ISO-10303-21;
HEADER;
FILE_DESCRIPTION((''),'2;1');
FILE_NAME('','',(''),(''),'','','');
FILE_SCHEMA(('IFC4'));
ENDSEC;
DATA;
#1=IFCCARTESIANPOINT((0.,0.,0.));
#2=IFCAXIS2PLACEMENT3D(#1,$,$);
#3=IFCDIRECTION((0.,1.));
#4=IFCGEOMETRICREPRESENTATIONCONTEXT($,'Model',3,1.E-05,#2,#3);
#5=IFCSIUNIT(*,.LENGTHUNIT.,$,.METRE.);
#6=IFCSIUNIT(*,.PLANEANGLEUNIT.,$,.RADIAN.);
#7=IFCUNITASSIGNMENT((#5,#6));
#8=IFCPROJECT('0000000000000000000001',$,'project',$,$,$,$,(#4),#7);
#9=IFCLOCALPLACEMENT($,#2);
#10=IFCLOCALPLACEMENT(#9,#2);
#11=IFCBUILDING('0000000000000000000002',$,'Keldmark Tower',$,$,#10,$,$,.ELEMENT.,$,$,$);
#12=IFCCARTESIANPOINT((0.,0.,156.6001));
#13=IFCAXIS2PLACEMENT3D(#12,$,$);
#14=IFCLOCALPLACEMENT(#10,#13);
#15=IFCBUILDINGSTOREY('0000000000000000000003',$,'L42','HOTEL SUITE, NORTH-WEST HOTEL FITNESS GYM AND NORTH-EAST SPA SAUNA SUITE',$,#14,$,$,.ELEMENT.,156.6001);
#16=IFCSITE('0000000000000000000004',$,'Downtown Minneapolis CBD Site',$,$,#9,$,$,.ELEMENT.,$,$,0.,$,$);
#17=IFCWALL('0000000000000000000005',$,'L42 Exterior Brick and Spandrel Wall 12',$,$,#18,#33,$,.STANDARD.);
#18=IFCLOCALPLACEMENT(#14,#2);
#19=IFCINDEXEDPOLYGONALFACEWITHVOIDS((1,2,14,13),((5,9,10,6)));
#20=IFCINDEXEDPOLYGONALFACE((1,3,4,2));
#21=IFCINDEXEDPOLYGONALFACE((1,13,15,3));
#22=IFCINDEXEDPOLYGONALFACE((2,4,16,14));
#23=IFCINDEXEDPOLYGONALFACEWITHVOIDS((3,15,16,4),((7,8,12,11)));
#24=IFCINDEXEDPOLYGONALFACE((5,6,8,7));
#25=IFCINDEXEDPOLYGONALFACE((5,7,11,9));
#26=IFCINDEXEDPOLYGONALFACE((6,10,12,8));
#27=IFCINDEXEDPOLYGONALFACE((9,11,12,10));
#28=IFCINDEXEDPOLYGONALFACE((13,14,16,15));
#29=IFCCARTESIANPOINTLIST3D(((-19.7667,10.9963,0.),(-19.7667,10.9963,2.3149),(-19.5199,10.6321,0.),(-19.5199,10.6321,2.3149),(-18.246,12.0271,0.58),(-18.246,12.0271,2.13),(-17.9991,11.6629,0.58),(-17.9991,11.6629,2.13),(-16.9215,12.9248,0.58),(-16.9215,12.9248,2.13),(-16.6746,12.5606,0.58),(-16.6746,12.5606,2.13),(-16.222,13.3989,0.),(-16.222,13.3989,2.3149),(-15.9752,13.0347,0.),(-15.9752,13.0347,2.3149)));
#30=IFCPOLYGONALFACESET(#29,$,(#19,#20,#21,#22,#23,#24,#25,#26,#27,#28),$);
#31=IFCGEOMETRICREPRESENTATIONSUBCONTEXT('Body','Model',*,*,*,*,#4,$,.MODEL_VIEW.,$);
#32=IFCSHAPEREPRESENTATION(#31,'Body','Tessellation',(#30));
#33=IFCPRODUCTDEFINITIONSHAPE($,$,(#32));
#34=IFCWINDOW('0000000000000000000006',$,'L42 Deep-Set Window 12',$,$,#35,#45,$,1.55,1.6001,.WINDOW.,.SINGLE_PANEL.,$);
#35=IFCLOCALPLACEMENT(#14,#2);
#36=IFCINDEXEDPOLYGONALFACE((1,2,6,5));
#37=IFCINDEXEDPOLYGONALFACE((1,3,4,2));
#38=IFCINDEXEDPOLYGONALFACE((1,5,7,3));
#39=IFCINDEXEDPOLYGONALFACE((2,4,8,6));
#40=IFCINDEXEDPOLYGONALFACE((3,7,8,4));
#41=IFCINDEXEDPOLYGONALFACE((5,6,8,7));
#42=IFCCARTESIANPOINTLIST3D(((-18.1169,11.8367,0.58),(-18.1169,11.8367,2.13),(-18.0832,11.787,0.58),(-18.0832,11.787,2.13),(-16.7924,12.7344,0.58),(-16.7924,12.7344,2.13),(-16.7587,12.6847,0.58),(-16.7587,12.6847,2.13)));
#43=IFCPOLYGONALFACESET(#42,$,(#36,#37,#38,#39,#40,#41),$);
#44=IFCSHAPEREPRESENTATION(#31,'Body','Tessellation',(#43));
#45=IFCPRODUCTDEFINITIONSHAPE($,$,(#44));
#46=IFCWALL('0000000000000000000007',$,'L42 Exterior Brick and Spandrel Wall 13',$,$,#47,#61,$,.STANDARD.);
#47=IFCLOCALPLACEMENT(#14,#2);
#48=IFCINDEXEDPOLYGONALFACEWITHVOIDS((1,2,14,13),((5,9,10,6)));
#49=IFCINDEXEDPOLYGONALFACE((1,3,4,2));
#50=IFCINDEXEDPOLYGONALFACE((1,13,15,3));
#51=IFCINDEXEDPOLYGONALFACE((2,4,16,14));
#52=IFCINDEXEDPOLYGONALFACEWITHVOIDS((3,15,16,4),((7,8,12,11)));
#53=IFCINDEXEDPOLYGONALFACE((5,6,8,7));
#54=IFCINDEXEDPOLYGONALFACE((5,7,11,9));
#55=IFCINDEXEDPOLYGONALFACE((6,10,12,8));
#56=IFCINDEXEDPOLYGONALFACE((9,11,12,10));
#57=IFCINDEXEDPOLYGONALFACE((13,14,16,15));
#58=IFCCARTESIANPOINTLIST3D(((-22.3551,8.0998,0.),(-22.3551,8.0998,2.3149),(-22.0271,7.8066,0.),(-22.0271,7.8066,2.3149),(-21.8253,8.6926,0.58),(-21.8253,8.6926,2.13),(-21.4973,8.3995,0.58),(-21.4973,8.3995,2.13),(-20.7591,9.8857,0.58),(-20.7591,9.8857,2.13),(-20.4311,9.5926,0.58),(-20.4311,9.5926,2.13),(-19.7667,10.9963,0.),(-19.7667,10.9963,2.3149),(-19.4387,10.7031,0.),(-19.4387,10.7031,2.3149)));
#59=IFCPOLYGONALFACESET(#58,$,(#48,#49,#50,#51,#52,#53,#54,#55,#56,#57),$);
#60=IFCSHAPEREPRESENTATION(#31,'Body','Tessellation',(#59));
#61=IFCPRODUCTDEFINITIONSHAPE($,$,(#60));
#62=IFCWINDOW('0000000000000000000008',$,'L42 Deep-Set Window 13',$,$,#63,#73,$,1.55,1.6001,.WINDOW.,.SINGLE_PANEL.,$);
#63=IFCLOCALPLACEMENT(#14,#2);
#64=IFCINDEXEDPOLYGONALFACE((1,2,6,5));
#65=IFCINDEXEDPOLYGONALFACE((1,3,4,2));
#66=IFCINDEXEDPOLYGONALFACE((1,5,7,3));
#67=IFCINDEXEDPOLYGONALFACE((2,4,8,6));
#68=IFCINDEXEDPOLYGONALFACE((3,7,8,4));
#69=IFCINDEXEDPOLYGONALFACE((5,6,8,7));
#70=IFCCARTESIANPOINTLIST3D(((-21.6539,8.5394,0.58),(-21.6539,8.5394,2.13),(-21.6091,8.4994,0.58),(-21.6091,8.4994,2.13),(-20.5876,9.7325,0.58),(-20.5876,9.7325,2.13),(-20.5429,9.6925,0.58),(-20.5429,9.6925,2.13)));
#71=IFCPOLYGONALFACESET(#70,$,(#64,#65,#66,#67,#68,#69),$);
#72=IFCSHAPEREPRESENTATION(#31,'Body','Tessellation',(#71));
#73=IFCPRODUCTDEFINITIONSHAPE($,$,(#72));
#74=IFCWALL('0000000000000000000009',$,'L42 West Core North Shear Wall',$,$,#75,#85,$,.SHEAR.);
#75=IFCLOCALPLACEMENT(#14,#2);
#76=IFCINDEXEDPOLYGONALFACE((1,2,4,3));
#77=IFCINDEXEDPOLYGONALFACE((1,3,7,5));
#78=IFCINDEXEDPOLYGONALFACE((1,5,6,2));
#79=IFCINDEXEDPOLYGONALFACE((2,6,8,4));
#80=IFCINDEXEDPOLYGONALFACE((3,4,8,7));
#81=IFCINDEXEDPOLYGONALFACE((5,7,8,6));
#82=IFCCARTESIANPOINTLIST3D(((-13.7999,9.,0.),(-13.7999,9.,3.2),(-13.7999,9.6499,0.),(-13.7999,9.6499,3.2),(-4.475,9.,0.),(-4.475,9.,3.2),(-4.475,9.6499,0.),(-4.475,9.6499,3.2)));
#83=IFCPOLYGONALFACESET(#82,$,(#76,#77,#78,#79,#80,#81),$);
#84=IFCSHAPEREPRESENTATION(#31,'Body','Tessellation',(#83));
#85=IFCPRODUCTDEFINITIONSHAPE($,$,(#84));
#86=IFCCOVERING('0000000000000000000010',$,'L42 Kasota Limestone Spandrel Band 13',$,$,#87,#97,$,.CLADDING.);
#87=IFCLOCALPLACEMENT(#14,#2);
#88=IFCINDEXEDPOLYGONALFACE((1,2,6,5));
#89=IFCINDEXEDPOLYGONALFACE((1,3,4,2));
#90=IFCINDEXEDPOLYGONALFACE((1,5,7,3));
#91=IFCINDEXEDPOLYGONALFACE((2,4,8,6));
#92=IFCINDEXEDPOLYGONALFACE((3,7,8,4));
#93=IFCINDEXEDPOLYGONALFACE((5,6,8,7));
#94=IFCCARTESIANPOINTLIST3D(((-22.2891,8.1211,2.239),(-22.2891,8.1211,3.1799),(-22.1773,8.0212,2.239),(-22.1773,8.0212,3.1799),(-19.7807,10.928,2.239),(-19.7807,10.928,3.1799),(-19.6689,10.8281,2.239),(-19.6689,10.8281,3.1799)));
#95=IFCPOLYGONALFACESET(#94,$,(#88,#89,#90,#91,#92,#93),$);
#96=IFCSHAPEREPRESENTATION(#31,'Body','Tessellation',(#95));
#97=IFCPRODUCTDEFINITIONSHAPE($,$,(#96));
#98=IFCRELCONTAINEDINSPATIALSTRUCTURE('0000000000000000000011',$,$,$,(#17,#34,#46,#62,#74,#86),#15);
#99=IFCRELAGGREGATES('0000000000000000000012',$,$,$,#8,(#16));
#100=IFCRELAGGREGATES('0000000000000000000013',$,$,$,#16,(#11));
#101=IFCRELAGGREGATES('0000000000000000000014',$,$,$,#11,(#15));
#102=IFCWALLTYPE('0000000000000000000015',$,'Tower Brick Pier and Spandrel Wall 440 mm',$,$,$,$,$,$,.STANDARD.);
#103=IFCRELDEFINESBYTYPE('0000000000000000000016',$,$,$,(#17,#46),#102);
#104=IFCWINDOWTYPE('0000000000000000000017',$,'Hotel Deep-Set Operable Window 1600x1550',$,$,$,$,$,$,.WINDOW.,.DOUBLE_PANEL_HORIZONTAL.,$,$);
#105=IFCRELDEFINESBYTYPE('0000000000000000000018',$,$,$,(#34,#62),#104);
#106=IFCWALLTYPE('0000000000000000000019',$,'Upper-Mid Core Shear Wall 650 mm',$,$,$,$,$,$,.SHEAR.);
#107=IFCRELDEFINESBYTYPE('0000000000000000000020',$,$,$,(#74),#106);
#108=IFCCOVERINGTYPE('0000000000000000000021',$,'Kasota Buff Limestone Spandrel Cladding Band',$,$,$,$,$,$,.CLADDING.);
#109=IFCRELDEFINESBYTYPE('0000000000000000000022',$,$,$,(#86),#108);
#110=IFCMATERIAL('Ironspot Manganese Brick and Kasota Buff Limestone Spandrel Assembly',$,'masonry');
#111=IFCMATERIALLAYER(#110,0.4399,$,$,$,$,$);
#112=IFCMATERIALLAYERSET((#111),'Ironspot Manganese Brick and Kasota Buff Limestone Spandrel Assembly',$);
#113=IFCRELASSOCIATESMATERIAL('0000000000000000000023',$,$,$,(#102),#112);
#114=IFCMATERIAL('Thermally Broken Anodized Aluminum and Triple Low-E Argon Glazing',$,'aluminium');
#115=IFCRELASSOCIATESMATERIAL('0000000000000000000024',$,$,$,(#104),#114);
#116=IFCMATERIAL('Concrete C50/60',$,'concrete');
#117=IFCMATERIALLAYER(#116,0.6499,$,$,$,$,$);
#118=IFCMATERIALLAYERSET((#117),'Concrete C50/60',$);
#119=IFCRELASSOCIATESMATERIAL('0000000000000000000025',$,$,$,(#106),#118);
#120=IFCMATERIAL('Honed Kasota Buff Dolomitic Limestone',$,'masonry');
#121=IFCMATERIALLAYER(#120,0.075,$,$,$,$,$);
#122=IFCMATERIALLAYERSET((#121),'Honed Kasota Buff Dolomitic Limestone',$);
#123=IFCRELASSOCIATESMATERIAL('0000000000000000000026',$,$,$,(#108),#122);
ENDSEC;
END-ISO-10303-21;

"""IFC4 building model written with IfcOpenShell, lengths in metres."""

from ifc_helpers import new_model, si_unit, direction, frame, frame_2d, origin, origin_2d, place, context, subcontext, project, spatial, rectangle, extrude, material, layer, layer_set, type_object, element, fill, save


model = new_model("IFC4")

# Units and contexts
model_context = context("Model", 3, precision=1e-05, world=origin(), true_north=direction((0.0, 1.0)))
body_context = subcontext(model_context, "Body", "Model", "MODEL_VIEW")
ifc_project = project(units=[si_unit("LENGTHUNIT", "METRE"), si_unit("PLANEANGLEUNIT", "RADIAN")], contexts=[model_context])

# Site, building, storey
site_placement = place(None, origin())
site = spatial("IfcSite", under=ifc_project, at=site_placement, Name="Downtown Minneapolis CBD Site", CompositionType="ELEMENT", RefElevation=0.0)
building_placement = place(site_placement, origin())
building = spatial("IfcBuilding", under=site, at=building_placement, Name="Keldmark Tower", CompositionType="ELEMENT")
storey_placement = place(building_placement, frame((0.0, 0.0, 156.6001)))
storey = spatial("IfcBuildingStorey", under=building, at=storey_placement, Name="L42", Description="HOTEL SUITE, NORTH-WEST HOTEL FITNESS GYM AND NORTH-EAST SPA SAUNA SUITE", CompositionType="ELEMENT", Elevation=156.6001)

# Walls, openings, windows
ifc_material_1 = material(Name="Ironspot Manganese Brick and Kasota Buff Limestone Spandrel Assembly", Category="masonry")
ifc_layer_1 = layer(ifc_material_1, 0.4399)
ifc_layer_set_1 = layer_set([ifc_layer_1], Name="Ironspot Manganese Brick and Kasota Buff Limestone Spandrel Assembly")
wall_type_1 = type_object("IfcWallType", Name="Tower Brick Pier and Spandrel Wall 440 mm", PredefinedType="STANDARD", material=ifc_layer_set_1)
ifc_material_2 = material(Name="Thermally Broken Anodized Aluminum and Triple Low-E Argon Glazing", Category="aluminium")
window_type = type_object("IfcWindowType", Name="Hotel Deep-Set Operable Window 1600x1550", PartitioningType="DOUBLE_PANEL_HORIZONTAL", PredefinedType="WINDOW", material=ifc_material_2)
wall_1_placement = place(storey_placement, frame((-19.6433, 10.8142, 0.0), z_axis=(0.0, 0.0, 1.0), x_axis=(0.827772, 0.561065, 0.0)))
wall_1 = element("IfcWall", 1, at=wall_1_placement, inside=storey, type_object=wall_type_1, Name="L42 Exterior Brick and Spandrel Wall 12", PredefinedType="STANDARD", context=body_context, shape_type="SweptSolid", body=[
    extrude(rectangle(XDim=4.2822, YDim=0.4399, at=frame_2d((2.1411, 0.0))), origin(), (0.0, 0.0, 1.0), 2.3149),
])
opening_1_placement = place(wall_1_placement, frame((1.8372, 0.0, 0.5801)))
opening_1 = element("IfcOpeningElement", 2, at=opening_1_placement, cuts=wall_1, PredefinedType="OPENING", context=body_context, shape_type="SweptSolid", body=[
    extrude(rectangle(XDim=1.6001, YDim=1.55, at=frame_2d((0.8, 0.7749))), frame((0.0, 0.23, 0.0), z_axis=(0.0, -1.0, 0.0), x_axis=(1.0, 0.0, 0.0)), (0.0, 0.0, 1.0), 0.46),
])
window_1_placement = place(opening_1_placement, origin())
window_1 = element("IfcWindow", 3, at=window_1_placement, inside=storey, type_object=window_type, Name="L42 Deep-Set Window 12", OverallHeight=1.55, OverallWidth=1.6001, PartitioningType="SINGLE_PANEL", PredefinedType="WINDOW", context=body_context, shape_type="SweptSolid", body=[
    extrude(rectangle(XDim=1.6001, YDim=1.55, at=frame_2d((0.8, 0.7749))), frame((0.0, -0.01, 0.0), z_axis=(0.0, -1.0, 0.0), x_axis=(1.0, 0.0, 0.0)), (0.0, 0.0, 1.0), 0.0601),
])
fill(opening_1, window_1)
wall_2_placement = place(storey_placement, frame((-22.1912, 7.9531, 0.0), z_axis=(0.0, 0.0, 1.0), x_axis=(0.666335, 0.745652, 0.0)))
wall_2 = element("IfcWall", 4, at=wall_2_placement, inside=storey, type_object=wall_type_1, Name="L42 Exterior Brick and Spandrel Wall 13", PredefinedType="STANDARD", context=body_context, shape_type="SweptSolid", body=[
    extrude(rectangle(XDim=3.8845, YDim=0.4399, at=frame_2d((1.9424, 0.0))), origin(), (0.0, 0.0, 1.0), 2.3149),
])
opening_2_placement = place(wall_2_placement, frame((0.7952, 0.0, 0.5801)))
opening_2 = element("IfcOpeningElement", 5, at=opening_2_placement, cuts=wall_2, PredefinedType="OPENING", context=body_context, shape_type="SweptSolid", body=[
    extrude(rectangle(XDim=1.6001, YDim=1.55, at=frame_2d((0.8, 0.7749))), frame((0.0, 0.23, 0.0), z_axis=(0.0, -1.0, 0.0), x_axis=(1.0, 0.0, 0.0)), (0.0, 0.0, 1.0), 0.46),
])
window_2_placement = place(opening_2_placement, origin())
window_2 = element("IfcWindow", 6, at=window_2_placement, inside=storey, type_object=window_type, Name="L42 Deep-Set Window 13", OverallHeight=1.55, OverallWidth=1.6001, PartitioningType="SINGLE_PANEL", PredefinedType="WINDOW", context=body_context, shape_type="SweptSolid", body=[
    extrude(rectangle(XDim=1.6001, YDim=1.55, at=frame_2d((0.8, 0.7749))), frame((0.0, -0.01, 0.0), z_axis=(0.0, -1.0, 0.0), x_axis=(1.0, 0.0, 0.0)), (0.0, 0.0, 1.0), 0.0601),
])
fill(opening_2, window_2)

# Wall
ifc_material_3 = material(Name="Concrete C50/60", Category="concrete")
ifc_layer_2 = layer(ifc_material_3, 0.6499)
ifc_layer_set_2 = layer_set([ifc_layer_2], Name="Concrete C50/60")
wall_type_2 = type_object("IfcWallType", Name="Upper-Mid Core Shear Wall 650 mm", PredefinedType="SHEAR", material=ifc_layer_set_2)
wall_3_placement = place(storey_placement, frame((-13.8, 9.325, 0.0), z_axis=(0.0, 0.0, 1.0), x_axis=(1.0, 0.0, 0.0)))
element("IfcWall", 7, at=wall_3_placement, inside=storey, type_object=wall_type_2, Name="L42 West Core North Shear Wall", PredefinedType="SHEAR", context=body_context, shape_type="SweptSolid", body=[
    extrude(rectangle(XDim=9.325, YDim=0.6499, at=frame_2d((4.6626, 0.0))), origin(), (0.0, 0.0, 1.0), 3.2),
])

# Covering
ifc_material_4 = material(Name="Honed Kasota Buff Dolomitic Limestone", Category="masonry")
ifc_layer_3 = layer(ifc_material_4, 0.075)
ifc_layer_set_3 = layer_set([ifc_layer_3], Name="Honed Kasota Buff Dolomitic Limestone")
covering_type = type_object("IfcCoveringType", Name="Kasota Buff Limestone Spandrel Cladding Band", PredefinedType="CLADDING", material=ifc_layer_set_3)
covering_placement = place(storey_placement, frame((-20.979, 9.4746, 2.239), z_axis=(0.0, 0.0, 1.0), x_axis=(-0.666337, -0.74565, 0.0)))
element("IfcCovering", 8, at=covering_placement, inside=storey, type_object=covering_type, Name="L42 Kasota Limestone Spandrel Band 13", PredefinedType="CLADDING", context=body_context, shape_type="SweptSolid", body=[
    extrude(rectangle(XDim=3.7644, YDim=0.1499, at=origin_2d()), origin(), (0.0, 0.0, 1.0), 0.9409),
])

save(model, "model.ifc")
